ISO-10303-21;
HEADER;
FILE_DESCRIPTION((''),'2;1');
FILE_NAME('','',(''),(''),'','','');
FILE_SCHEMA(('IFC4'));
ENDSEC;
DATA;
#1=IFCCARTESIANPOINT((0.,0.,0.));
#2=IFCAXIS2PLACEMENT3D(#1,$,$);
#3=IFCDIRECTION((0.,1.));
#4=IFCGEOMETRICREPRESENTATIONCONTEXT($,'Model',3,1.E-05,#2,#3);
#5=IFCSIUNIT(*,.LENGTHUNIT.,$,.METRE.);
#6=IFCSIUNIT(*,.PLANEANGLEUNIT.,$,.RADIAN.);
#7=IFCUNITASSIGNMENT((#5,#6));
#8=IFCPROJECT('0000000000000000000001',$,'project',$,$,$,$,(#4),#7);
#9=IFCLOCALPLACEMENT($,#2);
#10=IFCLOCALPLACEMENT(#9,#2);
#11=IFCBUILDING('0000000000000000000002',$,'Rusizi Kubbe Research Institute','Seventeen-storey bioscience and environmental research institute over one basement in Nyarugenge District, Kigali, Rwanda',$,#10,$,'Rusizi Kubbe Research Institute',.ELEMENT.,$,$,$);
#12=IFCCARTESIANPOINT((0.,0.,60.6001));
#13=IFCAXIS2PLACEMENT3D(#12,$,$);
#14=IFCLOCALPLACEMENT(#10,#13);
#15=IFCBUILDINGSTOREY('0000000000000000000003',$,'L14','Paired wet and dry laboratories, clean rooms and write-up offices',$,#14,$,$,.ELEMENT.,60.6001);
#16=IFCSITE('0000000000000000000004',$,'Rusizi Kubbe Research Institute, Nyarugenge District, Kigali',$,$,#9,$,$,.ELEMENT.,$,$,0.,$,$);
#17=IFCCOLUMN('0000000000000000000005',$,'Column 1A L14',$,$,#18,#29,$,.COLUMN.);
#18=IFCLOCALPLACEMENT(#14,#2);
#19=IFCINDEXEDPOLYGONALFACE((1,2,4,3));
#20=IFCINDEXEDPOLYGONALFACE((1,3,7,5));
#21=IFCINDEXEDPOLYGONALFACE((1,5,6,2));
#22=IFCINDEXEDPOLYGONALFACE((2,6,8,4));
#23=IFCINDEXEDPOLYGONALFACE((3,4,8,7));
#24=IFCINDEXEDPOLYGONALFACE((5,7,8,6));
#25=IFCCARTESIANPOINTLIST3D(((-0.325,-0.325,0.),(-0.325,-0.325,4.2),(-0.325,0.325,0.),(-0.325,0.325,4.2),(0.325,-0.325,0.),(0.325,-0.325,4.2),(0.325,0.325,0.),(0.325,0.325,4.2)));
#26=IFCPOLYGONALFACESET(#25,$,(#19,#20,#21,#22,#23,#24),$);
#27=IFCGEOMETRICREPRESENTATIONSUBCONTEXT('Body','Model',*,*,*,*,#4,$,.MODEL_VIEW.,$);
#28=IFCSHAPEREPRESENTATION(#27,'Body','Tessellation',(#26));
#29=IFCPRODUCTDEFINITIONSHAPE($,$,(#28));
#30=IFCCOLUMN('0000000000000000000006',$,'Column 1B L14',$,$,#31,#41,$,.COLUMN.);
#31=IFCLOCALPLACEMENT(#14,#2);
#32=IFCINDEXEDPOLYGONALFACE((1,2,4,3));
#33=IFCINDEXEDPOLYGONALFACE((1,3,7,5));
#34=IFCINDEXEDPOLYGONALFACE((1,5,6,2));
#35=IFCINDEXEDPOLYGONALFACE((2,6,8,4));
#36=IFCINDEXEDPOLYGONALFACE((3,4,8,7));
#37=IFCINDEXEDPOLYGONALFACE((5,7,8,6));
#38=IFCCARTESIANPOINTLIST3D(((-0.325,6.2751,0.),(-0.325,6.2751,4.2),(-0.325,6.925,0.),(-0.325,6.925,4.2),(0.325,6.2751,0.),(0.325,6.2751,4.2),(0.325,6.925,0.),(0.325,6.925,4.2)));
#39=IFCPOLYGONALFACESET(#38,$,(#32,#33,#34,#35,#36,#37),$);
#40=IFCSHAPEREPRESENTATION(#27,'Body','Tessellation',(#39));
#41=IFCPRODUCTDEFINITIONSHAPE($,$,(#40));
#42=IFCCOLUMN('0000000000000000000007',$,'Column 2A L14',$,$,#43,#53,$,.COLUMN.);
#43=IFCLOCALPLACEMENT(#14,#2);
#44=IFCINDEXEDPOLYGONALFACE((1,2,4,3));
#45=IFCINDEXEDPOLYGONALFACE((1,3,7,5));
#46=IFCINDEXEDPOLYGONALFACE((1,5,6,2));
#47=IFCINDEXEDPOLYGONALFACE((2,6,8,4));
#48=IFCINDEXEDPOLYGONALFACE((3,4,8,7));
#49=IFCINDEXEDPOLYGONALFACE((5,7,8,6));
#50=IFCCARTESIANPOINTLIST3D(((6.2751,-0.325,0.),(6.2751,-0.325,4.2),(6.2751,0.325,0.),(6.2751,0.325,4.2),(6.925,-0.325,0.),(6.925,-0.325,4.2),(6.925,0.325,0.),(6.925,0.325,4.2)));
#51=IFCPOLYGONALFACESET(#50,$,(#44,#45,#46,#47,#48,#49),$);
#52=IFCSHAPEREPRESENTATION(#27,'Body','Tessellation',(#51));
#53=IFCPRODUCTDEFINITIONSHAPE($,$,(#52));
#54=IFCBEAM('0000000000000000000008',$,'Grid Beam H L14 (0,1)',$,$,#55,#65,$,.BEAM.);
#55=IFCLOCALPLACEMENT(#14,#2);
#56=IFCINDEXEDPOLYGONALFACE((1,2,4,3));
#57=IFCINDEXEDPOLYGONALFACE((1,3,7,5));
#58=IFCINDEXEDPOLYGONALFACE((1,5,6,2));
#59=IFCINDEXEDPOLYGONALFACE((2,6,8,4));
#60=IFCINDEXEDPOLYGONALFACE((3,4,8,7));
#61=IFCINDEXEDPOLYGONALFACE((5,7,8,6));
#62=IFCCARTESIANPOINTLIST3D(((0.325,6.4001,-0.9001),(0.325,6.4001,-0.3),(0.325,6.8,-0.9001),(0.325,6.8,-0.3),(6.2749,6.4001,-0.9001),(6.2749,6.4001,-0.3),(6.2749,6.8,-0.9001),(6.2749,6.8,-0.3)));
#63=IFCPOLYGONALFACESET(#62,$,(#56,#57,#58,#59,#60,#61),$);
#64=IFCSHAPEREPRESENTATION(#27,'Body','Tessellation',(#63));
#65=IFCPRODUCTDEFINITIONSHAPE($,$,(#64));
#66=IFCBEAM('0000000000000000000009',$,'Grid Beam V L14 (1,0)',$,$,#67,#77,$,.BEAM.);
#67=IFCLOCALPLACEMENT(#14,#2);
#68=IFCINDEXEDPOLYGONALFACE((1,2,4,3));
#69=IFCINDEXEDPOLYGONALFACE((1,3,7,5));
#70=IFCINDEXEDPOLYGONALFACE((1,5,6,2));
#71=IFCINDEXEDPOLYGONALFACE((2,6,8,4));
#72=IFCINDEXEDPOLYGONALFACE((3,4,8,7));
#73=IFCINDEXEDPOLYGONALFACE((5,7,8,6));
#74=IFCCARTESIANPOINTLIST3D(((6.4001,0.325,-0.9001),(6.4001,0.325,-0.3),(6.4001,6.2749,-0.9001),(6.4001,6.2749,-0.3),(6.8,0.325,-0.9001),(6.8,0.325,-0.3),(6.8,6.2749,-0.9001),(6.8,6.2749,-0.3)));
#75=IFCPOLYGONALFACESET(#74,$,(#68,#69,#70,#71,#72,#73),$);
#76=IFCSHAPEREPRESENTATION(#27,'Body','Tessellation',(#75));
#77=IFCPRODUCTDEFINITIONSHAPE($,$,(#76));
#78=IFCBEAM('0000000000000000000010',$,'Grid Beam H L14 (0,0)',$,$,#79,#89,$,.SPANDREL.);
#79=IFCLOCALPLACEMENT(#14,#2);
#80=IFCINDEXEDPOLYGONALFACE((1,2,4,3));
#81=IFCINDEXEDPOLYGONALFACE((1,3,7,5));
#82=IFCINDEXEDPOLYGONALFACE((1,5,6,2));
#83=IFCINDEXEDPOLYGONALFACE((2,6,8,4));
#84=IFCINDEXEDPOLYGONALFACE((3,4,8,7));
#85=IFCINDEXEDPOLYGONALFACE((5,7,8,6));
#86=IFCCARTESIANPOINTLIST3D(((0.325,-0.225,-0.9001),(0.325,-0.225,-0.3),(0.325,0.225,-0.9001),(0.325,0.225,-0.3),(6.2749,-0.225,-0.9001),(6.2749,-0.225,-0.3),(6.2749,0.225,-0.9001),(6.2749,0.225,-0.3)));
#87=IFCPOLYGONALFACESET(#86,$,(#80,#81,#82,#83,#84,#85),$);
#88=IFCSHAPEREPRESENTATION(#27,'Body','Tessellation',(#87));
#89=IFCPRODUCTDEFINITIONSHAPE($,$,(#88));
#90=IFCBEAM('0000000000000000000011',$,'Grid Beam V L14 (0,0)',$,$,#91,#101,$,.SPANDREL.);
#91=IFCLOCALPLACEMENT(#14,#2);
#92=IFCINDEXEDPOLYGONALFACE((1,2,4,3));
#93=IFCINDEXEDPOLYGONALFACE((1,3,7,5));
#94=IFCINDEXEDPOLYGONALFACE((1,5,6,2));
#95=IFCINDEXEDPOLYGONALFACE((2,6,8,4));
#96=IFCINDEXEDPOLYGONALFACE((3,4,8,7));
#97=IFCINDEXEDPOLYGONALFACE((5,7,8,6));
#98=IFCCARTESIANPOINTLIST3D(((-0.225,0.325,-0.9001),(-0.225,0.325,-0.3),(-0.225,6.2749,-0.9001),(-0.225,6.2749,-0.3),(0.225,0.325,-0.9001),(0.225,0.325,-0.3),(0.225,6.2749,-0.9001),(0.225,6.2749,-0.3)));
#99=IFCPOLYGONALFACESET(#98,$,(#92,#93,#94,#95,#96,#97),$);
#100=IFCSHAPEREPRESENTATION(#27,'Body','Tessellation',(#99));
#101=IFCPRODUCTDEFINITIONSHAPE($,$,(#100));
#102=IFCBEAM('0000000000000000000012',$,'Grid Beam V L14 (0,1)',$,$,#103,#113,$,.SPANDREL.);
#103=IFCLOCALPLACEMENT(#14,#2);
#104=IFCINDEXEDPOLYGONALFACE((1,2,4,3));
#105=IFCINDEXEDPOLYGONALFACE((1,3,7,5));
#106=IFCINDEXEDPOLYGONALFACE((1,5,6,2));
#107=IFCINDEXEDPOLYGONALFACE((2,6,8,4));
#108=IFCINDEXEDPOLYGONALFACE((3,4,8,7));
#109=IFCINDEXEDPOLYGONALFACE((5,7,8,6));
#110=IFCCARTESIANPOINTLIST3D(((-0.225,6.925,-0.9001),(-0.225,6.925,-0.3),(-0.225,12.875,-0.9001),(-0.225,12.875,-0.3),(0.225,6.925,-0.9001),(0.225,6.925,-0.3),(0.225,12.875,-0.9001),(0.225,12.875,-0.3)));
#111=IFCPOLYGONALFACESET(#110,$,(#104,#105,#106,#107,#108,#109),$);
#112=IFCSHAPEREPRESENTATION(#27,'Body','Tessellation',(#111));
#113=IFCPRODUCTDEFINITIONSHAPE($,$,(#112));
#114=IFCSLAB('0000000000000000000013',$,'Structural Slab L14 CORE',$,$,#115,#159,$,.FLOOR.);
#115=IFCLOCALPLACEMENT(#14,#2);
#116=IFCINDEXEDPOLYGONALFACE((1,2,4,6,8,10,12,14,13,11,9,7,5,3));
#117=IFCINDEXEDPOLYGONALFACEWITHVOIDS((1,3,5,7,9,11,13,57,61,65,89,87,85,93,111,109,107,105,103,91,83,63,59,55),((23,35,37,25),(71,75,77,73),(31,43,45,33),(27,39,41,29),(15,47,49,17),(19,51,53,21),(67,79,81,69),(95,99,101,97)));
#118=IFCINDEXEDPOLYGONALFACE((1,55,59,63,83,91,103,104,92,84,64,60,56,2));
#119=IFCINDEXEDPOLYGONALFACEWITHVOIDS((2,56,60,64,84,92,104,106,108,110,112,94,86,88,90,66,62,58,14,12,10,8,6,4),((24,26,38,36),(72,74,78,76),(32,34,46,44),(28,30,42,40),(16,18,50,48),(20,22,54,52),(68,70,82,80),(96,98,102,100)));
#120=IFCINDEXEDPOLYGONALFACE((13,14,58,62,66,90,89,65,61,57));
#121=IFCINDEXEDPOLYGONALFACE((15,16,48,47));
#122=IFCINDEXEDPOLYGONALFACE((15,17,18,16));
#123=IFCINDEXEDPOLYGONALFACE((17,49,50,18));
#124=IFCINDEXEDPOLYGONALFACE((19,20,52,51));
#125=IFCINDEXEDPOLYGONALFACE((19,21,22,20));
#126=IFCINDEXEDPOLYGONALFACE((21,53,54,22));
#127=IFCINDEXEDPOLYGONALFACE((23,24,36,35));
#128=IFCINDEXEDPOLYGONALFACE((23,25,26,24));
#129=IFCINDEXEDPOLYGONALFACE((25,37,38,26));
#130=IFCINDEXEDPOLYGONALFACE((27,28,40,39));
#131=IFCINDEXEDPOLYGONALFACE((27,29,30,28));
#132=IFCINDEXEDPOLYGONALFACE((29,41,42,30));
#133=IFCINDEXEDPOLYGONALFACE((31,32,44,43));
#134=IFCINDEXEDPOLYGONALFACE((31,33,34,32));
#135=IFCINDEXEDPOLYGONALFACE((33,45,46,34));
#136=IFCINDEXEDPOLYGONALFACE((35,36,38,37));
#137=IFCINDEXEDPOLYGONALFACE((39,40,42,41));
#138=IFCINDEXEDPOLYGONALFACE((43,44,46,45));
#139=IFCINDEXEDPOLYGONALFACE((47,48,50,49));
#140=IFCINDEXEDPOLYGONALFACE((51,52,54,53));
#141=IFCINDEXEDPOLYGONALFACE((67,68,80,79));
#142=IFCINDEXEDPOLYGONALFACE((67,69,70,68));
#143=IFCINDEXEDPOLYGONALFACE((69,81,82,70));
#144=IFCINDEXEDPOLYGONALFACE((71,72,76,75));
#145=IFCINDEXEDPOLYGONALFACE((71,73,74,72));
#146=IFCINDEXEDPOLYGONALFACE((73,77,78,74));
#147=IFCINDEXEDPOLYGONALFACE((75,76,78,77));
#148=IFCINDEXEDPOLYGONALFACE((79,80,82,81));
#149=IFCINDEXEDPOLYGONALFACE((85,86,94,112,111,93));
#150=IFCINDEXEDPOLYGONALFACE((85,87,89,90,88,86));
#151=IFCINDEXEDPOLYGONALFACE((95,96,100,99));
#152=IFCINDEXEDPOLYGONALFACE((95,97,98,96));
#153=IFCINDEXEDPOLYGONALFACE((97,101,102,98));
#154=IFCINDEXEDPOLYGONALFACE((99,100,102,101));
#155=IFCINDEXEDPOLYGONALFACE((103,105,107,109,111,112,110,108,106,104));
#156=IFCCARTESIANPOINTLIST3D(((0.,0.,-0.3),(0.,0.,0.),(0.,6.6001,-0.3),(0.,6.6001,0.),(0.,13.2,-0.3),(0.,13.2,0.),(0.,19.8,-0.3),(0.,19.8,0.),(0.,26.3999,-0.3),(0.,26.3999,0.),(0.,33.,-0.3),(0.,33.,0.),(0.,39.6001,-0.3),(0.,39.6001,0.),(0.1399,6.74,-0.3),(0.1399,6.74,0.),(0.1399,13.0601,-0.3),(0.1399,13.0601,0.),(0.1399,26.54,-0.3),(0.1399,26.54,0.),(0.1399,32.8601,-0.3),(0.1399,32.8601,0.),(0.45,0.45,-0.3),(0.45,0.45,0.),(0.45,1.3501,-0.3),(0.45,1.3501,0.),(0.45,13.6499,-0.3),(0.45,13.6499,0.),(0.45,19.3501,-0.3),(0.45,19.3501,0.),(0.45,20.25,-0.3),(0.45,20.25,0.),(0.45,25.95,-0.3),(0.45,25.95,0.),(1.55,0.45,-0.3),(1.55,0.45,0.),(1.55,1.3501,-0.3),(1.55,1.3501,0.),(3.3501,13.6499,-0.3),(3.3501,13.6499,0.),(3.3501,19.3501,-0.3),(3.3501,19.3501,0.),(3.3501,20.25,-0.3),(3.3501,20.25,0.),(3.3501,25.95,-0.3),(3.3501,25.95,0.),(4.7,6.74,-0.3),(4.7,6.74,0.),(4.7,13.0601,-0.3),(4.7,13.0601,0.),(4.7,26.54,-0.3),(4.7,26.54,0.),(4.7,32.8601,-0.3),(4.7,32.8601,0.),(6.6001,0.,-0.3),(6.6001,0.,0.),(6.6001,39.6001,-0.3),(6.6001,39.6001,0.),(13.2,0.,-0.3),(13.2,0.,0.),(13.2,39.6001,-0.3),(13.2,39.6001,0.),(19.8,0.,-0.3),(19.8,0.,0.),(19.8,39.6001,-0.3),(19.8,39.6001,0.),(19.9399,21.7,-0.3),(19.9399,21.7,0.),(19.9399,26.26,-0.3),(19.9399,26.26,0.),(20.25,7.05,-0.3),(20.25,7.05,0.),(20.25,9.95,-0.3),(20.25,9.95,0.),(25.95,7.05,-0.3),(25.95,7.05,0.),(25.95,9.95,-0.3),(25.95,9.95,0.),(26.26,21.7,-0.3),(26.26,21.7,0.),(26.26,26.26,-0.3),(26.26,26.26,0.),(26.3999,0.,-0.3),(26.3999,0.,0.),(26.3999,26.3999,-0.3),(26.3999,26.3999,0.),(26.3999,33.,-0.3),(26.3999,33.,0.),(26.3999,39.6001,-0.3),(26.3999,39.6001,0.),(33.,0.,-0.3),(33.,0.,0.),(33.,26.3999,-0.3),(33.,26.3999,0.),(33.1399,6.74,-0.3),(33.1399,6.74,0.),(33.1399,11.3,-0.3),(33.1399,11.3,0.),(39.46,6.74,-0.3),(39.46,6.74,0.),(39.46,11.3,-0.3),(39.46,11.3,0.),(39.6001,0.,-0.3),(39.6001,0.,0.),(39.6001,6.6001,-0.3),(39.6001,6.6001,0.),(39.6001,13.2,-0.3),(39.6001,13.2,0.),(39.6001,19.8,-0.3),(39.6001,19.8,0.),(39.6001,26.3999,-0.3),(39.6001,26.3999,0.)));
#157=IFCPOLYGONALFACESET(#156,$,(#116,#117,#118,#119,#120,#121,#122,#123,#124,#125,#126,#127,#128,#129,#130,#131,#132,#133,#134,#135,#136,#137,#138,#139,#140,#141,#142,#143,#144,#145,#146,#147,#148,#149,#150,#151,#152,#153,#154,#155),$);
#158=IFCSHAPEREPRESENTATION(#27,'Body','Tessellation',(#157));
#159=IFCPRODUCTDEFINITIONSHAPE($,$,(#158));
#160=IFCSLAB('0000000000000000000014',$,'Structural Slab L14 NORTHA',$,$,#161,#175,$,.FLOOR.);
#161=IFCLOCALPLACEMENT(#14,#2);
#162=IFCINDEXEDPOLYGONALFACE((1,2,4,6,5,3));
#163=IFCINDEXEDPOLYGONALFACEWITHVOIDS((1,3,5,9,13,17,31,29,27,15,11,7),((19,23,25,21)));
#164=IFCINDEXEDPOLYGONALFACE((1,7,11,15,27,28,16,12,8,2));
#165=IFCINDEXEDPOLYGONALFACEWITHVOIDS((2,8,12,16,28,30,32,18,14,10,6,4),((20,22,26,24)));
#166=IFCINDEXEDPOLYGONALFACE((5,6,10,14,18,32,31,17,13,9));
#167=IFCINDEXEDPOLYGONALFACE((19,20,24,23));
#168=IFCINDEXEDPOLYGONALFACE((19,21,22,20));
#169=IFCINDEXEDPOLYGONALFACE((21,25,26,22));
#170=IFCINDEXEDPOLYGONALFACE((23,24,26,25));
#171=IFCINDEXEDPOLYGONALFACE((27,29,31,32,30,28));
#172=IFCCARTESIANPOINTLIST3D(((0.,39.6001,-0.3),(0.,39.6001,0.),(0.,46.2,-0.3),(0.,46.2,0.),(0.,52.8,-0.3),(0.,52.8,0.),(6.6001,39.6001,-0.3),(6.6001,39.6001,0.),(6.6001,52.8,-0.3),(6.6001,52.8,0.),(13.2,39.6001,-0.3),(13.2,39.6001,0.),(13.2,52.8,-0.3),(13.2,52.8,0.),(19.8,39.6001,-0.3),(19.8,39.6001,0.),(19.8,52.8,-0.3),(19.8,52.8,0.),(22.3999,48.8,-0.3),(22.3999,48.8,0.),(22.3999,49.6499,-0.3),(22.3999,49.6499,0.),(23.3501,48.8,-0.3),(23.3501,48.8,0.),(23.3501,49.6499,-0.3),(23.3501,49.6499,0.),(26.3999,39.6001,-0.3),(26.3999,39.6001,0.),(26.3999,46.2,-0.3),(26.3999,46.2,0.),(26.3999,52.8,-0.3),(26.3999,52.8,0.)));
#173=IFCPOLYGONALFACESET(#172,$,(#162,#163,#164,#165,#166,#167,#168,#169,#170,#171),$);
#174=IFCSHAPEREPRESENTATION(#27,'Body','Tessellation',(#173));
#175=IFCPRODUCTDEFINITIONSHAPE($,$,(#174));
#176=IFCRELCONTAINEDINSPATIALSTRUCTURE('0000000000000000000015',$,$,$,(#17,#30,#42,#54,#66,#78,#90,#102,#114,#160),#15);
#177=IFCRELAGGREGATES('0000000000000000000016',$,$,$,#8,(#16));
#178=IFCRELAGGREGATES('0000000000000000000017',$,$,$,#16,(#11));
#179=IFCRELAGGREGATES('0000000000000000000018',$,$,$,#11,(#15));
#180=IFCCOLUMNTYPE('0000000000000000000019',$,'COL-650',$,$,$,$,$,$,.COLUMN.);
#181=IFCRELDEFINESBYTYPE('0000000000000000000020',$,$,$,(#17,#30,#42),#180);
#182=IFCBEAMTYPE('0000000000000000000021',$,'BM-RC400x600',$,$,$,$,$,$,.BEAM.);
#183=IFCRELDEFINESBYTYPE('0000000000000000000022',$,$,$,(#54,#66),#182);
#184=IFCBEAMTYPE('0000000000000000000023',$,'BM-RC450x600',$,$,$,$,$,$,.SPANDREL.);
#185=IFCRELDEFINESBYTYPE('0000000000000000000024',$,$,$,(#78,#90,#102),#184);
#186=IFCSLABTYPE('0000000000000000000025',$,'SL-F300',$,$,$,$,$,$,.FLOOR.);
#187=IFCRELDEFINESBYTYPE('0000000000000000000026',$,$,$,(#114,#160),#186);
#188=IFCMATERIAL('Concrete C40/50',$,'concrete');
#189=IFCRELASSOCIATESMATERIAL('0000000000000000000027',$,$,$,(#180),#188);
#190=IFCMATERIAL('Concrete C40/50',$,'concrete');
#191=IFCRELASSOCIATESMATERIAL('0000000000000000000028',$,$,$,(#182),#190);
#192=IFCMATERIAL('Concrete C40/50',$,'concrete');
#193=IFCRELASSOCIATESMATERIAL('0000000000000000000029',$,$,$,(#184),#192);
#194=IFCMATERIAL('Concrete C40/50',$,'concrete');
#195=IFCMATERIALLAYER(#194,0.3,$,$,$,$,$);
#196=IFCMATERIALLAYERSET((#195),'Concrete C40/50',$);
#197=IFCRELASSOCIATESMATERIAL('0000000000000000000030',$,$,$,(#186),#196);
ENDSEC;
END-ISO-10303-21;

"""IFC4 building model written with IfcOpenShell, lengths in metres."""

from ifc_helpers import new_model, si_unit, direction, frame, origin, origin_2d, place, context, subcontext, project, spatial, polyline, rectangle, outline, extrude, material, layer, layer_set, material_profile, profile_set, type_object, element, save


model = new_model("IFC4")

# Units and contexts
model_context = context("Model", 3, precision=1e-05, world=origin(), true_north=direction((0.0, 1.0)))
body_context = subcontext(model_context, "Body", "Model", "MODEL_VIEW")
ifc_project = project(units=[si_unit("LENGTHUNIT", "METRE"), si_unit("PLANEANGLEUNIT", "RADIAN")], contexts=[model_context])

# Site, building, storey
site_placement = place(None, origin())
site = spatial("IfcSite", under=ifc_project, at=site_placement, Name="Rusizi Kubbe Research Institute, Nyarugenge District, Kigali", CompositionType="ELEMENT", RefElevation=0.0)
building_placement = place(site_placement, origin())
building = spatial("IfcBuilding", under=site, at=building_placement, Name="Rusizi Kubbe Research Institute", Description="Seventeen-storey bioscience and environmental research institute over one basement in Nyarugenge District, Kigali, Rwanda", LongName="Rusizi Kubbe Research Institute", CompositionType="ELEMENT")
storey_placement = place(building_placement, frame((0.0, 0.0, 60.6001)))
storey = spatial("IfcBuildingStorey", under=building, at=storey_placement, Name="L14", Description="Paired wet and dry laboratories, clean rooms and write-up offices", CompositionType="ELEMENT", Elevation=60.6001)

# Columns
ifc_material_1 = material(Name="Concrete C40/50", Category="concrete")
ifc_material_profile_1 = material_profile(ifc_material_1, rectangle(XDim=0.6499, YDim=0.6499, at=origin_2d()), Name="RC650x650")
ifc_profile_set_1 = profile_set([ifc_material_profile_1], Name="Concrete C40/50")
column_type = type_object("IfcColumnType", Name="COL-650", PredefinedType="COLUMN", material=ifc_profile_set_1)
for number, where, z_axis, x_axis, name in (
    (1, (0.0, 0.0, 0.0), (0.0, 0.0, 1.0), (1.0, 0.0, 0.0), "Column 1A L14"),
    (2, (0.0, 6.6001, 0.0), (0.0, 0.0, 1.0), (1.0, 0.0, 0.0), "Column 1B L14"),
    (3, (6.6001, 0.0, 0.0), (0.0, 0.0, 1.0), (1.0, 0.0, 0.0), "Column 2A L14"),
):
    element("IfcColumn", number, at=place(storey_placement, frame(where, z_axis=z_axis, x_axis=x_axis)), inside=storey, type_object=column_type, Name=name, PredefinedType="COLUMN", context=body_context, shape_type="SweptSolid", body=[
        extrude(rectangle(XDim=0.6499, YDim=0.6499, at=origin_2d()), origin(), (0.0, 0.0, 1.0), 4.2),
    ])

# Beams
ifc_material_2 = material(Name="Concrete C40/50", Category="concrete")
ifc_material_profile_2 = material_profile(ifc_material_2, rectangle(XDim=0.3999, YDim=0.6001, at=origin_2d()), Name="RC400x600")
ifc_profile_set_2 = profile_set([ifc_material_profile_2], Name="Concrete C40/50")
beam_type_1 = type_object("IfcBeamType", Name="BM-RC400x600", PredefinedType="BEAM", material=ifc_profile_set_2)
for number, where, z_axis, x_axis, name in (
    (4, (0.325, 6.6001, -0.6001), (1.0, 0.0, 0.0), (0.0, 1.0, 0.0), "Grid Beam H L14 (0,1)"),
    (5, (6.6001, 0.325, -0.6001), (0.0, 1.0, 0.0), (-1.0, 0.0, 0.0), "Grid Beam V L14 (1,0)"),
):
    element("IfcBeam", number, at=place(storey_placement, frame(where, z_axis=z_axis, x_axis=x_axis)), inside=storey, type_object=beam_type_1, Name=name, PredefinedType="BEAM", context=body_context, shape_type="SweptSolid", body=[
        extrude(rectangle(XDim=0.3999, YDim=0.6001, at=origin_2d()), origin(), (0.0, 0.0, 1.0), 5.95),
    ])
ifc_material_3 = material(Name="Concrete C40/50", Category="concrete")
ifc_material_profile_3 = material_profile(ifc_material_3, rectangle(XDim=0.45, YDim=0.6001, at=origin_2d()), Name="RC450x600")
ifc_profile_set_3 = profile_set([ifc_material_profile_3], Name="Concrete C40/50")
beam_type_2 = type_object("IfcBeamType", Name="BM-RC450x600", PredefinedType="SPANDREL", material=ifc_profile_set_3)
for number, where, z_axis, x_axis, name in (
    (6, (0.325, 0.0, -0.6001), (1.0, 0.0, 0.0), (0.0, 1.0, 0.0), "Grid Beam H L14 (0,0)"),
    (7, (0.0, 0.325, -0.6001), (0.0, 1.0, 0.0), (-1.0, 0.0, 0.0), "Grid Beam V L14 (0,0)"),
    (8, (0.0, 6.925, -0.6001), (0.0, 1.0, 0.0), (-1.0, 0.0, 0.0), "Grid Beam V L14 (0,1)"),
):
    element("IfcBeam", number, at=place(storey_placement, frame(where, z_axis=z_axis, x_axis=x_axis)), inside=storey, type_object=beam_type_2, Name=name, PredefinedType="SPANDREL", context=body_context, shape_type="SweptSolid", body=[
        extrude(rectangle(XDim=0.45, YDim=0.6001, at=origin_2d()), origin(), (0.0, 0.0, 1.0), 5.95),
    ])

# Slabs
ifc_material_4 = material(Name="Concrete C40/50", Category="concrete")
ifc_layer_1 = layer(ifc_material_4, 0.3)
ifc_layer_set_1 = layer_set([ifc_layer_1], Name="Concrete C40/50")
slab_type_1 = type_object("IfcSlabType", Name="SL-F300", PredefinedType="FLOOR", material=ifc_layer_set_1)
slab_1_placement = place(storey_placement, frame((0.0, 0.0, -0.3)))
element("IfcSlab", 9, at=slab_1_placement, inside=storey, type_object=slab_type_1, Name="Structural Slab L14 CORE", PredefinedType="FLOOR", context=body_context, shape_type="SweptSolid", body=[
    extrude(outline(polyline([(0.0, 33.0), (0.0, 39.6001), (6.6001, 39.6001), (13.2, 39.6001), (19.8, 39.6001), (26.3999, 39.6001), (26.3999, 33.0), (26.3999, 26.3999), (33.0, 26.3999), (39.6001, 26.3999), (39.6001, 19.8), (39.6001, 13.2), (39.6001, 6.6001), (39.6001, 0.0), (33.0, 0.0), (26.3999, 0.0), (19.8, 0.0), (13.2, 0.0), (6.6001, 0.0), (0.0, 0.0), (0.0, 6.6001), (0.0, 13.2), (0.0, 19.8), (0.0, 26.3999), (0.0, 33.0)]), holes=[polyline([(0.45, 1.3501), (0.45, 0.45), (1.55, 0.45), (1.55, 1.3501), (0.45, 1.3501)]), polyline([(20.25, 9.95), (20.25, 7.05), (25.95, 7.05), (25.95, 9.95), (20.25, 9.95)]), polyline([(33.1399, 11.3), (33.1399, 6.74), (39.46, 6.74), (39.46, 11.3), (33.1399, 11.3)]), polyline([(0.1399, 13.0601), (0.1399, 6.74), (4.7, 6.74), (4.7, 13.0601), (0.1399, 13.0601)]), polyline([(0.45, 19.3501), (0.45, 13.6499), (3.3501, 13.6499), (3.3501, 19.3501), (0.45, 19.3501)]), polyline([(0.45, 25.95), (0.45, 20.25), (3.3501, 20.25), (3.3501, 25.95), (0.45, 25.95)]), polyline([(19.9399, 26.26), (19.9399, 21.7), (26.26, 21.7), (26.26, 26.26), (19.9399, 26.26)]), polyline([(0.1399, 32.8601), (0.1399, 26.54), (4.7, 26.54), (4.7, 32.8601), (0.1399, 32.8601)])]), origin(), (0.0, 0.0, 1.0), 0.3),
])
slab_2_placement = place(storey_placement, frame((0.0, 0.0, -0.3)))
element("IfcSlab", 10, at=slab_2_placement, inside=storey, type_object=slab_type_1, Name="Structural Slab L14 NORTHA", PredefinedType="FLOOR", context=body_context, shape_type="SweptSolid", body=[
    extrude(outline(polyline([(19.8, 39.6001), (13.2, 39.6001), (6.6001, 39.6001), (0.0, 39.6001), (0.0, 46.2), (0.0, 52.8), (6.6001, 52.8), (13.2, 52.8), (19.8, 52.8), (26.3999, 52.8), (26.3999, 46.2), (26.3999, 39.6001), (19.8, 39.6001)]), holes=[polyline([(23.3501, 49.6499), (22.3999, 49.6499), (22.3999, 48.8), (23.3501, 48.8), (23.3501, 49.6499)])]), origin(), (0.0, 0.0, 1.0), 0.3),
])

save(model, "model.ifc")
